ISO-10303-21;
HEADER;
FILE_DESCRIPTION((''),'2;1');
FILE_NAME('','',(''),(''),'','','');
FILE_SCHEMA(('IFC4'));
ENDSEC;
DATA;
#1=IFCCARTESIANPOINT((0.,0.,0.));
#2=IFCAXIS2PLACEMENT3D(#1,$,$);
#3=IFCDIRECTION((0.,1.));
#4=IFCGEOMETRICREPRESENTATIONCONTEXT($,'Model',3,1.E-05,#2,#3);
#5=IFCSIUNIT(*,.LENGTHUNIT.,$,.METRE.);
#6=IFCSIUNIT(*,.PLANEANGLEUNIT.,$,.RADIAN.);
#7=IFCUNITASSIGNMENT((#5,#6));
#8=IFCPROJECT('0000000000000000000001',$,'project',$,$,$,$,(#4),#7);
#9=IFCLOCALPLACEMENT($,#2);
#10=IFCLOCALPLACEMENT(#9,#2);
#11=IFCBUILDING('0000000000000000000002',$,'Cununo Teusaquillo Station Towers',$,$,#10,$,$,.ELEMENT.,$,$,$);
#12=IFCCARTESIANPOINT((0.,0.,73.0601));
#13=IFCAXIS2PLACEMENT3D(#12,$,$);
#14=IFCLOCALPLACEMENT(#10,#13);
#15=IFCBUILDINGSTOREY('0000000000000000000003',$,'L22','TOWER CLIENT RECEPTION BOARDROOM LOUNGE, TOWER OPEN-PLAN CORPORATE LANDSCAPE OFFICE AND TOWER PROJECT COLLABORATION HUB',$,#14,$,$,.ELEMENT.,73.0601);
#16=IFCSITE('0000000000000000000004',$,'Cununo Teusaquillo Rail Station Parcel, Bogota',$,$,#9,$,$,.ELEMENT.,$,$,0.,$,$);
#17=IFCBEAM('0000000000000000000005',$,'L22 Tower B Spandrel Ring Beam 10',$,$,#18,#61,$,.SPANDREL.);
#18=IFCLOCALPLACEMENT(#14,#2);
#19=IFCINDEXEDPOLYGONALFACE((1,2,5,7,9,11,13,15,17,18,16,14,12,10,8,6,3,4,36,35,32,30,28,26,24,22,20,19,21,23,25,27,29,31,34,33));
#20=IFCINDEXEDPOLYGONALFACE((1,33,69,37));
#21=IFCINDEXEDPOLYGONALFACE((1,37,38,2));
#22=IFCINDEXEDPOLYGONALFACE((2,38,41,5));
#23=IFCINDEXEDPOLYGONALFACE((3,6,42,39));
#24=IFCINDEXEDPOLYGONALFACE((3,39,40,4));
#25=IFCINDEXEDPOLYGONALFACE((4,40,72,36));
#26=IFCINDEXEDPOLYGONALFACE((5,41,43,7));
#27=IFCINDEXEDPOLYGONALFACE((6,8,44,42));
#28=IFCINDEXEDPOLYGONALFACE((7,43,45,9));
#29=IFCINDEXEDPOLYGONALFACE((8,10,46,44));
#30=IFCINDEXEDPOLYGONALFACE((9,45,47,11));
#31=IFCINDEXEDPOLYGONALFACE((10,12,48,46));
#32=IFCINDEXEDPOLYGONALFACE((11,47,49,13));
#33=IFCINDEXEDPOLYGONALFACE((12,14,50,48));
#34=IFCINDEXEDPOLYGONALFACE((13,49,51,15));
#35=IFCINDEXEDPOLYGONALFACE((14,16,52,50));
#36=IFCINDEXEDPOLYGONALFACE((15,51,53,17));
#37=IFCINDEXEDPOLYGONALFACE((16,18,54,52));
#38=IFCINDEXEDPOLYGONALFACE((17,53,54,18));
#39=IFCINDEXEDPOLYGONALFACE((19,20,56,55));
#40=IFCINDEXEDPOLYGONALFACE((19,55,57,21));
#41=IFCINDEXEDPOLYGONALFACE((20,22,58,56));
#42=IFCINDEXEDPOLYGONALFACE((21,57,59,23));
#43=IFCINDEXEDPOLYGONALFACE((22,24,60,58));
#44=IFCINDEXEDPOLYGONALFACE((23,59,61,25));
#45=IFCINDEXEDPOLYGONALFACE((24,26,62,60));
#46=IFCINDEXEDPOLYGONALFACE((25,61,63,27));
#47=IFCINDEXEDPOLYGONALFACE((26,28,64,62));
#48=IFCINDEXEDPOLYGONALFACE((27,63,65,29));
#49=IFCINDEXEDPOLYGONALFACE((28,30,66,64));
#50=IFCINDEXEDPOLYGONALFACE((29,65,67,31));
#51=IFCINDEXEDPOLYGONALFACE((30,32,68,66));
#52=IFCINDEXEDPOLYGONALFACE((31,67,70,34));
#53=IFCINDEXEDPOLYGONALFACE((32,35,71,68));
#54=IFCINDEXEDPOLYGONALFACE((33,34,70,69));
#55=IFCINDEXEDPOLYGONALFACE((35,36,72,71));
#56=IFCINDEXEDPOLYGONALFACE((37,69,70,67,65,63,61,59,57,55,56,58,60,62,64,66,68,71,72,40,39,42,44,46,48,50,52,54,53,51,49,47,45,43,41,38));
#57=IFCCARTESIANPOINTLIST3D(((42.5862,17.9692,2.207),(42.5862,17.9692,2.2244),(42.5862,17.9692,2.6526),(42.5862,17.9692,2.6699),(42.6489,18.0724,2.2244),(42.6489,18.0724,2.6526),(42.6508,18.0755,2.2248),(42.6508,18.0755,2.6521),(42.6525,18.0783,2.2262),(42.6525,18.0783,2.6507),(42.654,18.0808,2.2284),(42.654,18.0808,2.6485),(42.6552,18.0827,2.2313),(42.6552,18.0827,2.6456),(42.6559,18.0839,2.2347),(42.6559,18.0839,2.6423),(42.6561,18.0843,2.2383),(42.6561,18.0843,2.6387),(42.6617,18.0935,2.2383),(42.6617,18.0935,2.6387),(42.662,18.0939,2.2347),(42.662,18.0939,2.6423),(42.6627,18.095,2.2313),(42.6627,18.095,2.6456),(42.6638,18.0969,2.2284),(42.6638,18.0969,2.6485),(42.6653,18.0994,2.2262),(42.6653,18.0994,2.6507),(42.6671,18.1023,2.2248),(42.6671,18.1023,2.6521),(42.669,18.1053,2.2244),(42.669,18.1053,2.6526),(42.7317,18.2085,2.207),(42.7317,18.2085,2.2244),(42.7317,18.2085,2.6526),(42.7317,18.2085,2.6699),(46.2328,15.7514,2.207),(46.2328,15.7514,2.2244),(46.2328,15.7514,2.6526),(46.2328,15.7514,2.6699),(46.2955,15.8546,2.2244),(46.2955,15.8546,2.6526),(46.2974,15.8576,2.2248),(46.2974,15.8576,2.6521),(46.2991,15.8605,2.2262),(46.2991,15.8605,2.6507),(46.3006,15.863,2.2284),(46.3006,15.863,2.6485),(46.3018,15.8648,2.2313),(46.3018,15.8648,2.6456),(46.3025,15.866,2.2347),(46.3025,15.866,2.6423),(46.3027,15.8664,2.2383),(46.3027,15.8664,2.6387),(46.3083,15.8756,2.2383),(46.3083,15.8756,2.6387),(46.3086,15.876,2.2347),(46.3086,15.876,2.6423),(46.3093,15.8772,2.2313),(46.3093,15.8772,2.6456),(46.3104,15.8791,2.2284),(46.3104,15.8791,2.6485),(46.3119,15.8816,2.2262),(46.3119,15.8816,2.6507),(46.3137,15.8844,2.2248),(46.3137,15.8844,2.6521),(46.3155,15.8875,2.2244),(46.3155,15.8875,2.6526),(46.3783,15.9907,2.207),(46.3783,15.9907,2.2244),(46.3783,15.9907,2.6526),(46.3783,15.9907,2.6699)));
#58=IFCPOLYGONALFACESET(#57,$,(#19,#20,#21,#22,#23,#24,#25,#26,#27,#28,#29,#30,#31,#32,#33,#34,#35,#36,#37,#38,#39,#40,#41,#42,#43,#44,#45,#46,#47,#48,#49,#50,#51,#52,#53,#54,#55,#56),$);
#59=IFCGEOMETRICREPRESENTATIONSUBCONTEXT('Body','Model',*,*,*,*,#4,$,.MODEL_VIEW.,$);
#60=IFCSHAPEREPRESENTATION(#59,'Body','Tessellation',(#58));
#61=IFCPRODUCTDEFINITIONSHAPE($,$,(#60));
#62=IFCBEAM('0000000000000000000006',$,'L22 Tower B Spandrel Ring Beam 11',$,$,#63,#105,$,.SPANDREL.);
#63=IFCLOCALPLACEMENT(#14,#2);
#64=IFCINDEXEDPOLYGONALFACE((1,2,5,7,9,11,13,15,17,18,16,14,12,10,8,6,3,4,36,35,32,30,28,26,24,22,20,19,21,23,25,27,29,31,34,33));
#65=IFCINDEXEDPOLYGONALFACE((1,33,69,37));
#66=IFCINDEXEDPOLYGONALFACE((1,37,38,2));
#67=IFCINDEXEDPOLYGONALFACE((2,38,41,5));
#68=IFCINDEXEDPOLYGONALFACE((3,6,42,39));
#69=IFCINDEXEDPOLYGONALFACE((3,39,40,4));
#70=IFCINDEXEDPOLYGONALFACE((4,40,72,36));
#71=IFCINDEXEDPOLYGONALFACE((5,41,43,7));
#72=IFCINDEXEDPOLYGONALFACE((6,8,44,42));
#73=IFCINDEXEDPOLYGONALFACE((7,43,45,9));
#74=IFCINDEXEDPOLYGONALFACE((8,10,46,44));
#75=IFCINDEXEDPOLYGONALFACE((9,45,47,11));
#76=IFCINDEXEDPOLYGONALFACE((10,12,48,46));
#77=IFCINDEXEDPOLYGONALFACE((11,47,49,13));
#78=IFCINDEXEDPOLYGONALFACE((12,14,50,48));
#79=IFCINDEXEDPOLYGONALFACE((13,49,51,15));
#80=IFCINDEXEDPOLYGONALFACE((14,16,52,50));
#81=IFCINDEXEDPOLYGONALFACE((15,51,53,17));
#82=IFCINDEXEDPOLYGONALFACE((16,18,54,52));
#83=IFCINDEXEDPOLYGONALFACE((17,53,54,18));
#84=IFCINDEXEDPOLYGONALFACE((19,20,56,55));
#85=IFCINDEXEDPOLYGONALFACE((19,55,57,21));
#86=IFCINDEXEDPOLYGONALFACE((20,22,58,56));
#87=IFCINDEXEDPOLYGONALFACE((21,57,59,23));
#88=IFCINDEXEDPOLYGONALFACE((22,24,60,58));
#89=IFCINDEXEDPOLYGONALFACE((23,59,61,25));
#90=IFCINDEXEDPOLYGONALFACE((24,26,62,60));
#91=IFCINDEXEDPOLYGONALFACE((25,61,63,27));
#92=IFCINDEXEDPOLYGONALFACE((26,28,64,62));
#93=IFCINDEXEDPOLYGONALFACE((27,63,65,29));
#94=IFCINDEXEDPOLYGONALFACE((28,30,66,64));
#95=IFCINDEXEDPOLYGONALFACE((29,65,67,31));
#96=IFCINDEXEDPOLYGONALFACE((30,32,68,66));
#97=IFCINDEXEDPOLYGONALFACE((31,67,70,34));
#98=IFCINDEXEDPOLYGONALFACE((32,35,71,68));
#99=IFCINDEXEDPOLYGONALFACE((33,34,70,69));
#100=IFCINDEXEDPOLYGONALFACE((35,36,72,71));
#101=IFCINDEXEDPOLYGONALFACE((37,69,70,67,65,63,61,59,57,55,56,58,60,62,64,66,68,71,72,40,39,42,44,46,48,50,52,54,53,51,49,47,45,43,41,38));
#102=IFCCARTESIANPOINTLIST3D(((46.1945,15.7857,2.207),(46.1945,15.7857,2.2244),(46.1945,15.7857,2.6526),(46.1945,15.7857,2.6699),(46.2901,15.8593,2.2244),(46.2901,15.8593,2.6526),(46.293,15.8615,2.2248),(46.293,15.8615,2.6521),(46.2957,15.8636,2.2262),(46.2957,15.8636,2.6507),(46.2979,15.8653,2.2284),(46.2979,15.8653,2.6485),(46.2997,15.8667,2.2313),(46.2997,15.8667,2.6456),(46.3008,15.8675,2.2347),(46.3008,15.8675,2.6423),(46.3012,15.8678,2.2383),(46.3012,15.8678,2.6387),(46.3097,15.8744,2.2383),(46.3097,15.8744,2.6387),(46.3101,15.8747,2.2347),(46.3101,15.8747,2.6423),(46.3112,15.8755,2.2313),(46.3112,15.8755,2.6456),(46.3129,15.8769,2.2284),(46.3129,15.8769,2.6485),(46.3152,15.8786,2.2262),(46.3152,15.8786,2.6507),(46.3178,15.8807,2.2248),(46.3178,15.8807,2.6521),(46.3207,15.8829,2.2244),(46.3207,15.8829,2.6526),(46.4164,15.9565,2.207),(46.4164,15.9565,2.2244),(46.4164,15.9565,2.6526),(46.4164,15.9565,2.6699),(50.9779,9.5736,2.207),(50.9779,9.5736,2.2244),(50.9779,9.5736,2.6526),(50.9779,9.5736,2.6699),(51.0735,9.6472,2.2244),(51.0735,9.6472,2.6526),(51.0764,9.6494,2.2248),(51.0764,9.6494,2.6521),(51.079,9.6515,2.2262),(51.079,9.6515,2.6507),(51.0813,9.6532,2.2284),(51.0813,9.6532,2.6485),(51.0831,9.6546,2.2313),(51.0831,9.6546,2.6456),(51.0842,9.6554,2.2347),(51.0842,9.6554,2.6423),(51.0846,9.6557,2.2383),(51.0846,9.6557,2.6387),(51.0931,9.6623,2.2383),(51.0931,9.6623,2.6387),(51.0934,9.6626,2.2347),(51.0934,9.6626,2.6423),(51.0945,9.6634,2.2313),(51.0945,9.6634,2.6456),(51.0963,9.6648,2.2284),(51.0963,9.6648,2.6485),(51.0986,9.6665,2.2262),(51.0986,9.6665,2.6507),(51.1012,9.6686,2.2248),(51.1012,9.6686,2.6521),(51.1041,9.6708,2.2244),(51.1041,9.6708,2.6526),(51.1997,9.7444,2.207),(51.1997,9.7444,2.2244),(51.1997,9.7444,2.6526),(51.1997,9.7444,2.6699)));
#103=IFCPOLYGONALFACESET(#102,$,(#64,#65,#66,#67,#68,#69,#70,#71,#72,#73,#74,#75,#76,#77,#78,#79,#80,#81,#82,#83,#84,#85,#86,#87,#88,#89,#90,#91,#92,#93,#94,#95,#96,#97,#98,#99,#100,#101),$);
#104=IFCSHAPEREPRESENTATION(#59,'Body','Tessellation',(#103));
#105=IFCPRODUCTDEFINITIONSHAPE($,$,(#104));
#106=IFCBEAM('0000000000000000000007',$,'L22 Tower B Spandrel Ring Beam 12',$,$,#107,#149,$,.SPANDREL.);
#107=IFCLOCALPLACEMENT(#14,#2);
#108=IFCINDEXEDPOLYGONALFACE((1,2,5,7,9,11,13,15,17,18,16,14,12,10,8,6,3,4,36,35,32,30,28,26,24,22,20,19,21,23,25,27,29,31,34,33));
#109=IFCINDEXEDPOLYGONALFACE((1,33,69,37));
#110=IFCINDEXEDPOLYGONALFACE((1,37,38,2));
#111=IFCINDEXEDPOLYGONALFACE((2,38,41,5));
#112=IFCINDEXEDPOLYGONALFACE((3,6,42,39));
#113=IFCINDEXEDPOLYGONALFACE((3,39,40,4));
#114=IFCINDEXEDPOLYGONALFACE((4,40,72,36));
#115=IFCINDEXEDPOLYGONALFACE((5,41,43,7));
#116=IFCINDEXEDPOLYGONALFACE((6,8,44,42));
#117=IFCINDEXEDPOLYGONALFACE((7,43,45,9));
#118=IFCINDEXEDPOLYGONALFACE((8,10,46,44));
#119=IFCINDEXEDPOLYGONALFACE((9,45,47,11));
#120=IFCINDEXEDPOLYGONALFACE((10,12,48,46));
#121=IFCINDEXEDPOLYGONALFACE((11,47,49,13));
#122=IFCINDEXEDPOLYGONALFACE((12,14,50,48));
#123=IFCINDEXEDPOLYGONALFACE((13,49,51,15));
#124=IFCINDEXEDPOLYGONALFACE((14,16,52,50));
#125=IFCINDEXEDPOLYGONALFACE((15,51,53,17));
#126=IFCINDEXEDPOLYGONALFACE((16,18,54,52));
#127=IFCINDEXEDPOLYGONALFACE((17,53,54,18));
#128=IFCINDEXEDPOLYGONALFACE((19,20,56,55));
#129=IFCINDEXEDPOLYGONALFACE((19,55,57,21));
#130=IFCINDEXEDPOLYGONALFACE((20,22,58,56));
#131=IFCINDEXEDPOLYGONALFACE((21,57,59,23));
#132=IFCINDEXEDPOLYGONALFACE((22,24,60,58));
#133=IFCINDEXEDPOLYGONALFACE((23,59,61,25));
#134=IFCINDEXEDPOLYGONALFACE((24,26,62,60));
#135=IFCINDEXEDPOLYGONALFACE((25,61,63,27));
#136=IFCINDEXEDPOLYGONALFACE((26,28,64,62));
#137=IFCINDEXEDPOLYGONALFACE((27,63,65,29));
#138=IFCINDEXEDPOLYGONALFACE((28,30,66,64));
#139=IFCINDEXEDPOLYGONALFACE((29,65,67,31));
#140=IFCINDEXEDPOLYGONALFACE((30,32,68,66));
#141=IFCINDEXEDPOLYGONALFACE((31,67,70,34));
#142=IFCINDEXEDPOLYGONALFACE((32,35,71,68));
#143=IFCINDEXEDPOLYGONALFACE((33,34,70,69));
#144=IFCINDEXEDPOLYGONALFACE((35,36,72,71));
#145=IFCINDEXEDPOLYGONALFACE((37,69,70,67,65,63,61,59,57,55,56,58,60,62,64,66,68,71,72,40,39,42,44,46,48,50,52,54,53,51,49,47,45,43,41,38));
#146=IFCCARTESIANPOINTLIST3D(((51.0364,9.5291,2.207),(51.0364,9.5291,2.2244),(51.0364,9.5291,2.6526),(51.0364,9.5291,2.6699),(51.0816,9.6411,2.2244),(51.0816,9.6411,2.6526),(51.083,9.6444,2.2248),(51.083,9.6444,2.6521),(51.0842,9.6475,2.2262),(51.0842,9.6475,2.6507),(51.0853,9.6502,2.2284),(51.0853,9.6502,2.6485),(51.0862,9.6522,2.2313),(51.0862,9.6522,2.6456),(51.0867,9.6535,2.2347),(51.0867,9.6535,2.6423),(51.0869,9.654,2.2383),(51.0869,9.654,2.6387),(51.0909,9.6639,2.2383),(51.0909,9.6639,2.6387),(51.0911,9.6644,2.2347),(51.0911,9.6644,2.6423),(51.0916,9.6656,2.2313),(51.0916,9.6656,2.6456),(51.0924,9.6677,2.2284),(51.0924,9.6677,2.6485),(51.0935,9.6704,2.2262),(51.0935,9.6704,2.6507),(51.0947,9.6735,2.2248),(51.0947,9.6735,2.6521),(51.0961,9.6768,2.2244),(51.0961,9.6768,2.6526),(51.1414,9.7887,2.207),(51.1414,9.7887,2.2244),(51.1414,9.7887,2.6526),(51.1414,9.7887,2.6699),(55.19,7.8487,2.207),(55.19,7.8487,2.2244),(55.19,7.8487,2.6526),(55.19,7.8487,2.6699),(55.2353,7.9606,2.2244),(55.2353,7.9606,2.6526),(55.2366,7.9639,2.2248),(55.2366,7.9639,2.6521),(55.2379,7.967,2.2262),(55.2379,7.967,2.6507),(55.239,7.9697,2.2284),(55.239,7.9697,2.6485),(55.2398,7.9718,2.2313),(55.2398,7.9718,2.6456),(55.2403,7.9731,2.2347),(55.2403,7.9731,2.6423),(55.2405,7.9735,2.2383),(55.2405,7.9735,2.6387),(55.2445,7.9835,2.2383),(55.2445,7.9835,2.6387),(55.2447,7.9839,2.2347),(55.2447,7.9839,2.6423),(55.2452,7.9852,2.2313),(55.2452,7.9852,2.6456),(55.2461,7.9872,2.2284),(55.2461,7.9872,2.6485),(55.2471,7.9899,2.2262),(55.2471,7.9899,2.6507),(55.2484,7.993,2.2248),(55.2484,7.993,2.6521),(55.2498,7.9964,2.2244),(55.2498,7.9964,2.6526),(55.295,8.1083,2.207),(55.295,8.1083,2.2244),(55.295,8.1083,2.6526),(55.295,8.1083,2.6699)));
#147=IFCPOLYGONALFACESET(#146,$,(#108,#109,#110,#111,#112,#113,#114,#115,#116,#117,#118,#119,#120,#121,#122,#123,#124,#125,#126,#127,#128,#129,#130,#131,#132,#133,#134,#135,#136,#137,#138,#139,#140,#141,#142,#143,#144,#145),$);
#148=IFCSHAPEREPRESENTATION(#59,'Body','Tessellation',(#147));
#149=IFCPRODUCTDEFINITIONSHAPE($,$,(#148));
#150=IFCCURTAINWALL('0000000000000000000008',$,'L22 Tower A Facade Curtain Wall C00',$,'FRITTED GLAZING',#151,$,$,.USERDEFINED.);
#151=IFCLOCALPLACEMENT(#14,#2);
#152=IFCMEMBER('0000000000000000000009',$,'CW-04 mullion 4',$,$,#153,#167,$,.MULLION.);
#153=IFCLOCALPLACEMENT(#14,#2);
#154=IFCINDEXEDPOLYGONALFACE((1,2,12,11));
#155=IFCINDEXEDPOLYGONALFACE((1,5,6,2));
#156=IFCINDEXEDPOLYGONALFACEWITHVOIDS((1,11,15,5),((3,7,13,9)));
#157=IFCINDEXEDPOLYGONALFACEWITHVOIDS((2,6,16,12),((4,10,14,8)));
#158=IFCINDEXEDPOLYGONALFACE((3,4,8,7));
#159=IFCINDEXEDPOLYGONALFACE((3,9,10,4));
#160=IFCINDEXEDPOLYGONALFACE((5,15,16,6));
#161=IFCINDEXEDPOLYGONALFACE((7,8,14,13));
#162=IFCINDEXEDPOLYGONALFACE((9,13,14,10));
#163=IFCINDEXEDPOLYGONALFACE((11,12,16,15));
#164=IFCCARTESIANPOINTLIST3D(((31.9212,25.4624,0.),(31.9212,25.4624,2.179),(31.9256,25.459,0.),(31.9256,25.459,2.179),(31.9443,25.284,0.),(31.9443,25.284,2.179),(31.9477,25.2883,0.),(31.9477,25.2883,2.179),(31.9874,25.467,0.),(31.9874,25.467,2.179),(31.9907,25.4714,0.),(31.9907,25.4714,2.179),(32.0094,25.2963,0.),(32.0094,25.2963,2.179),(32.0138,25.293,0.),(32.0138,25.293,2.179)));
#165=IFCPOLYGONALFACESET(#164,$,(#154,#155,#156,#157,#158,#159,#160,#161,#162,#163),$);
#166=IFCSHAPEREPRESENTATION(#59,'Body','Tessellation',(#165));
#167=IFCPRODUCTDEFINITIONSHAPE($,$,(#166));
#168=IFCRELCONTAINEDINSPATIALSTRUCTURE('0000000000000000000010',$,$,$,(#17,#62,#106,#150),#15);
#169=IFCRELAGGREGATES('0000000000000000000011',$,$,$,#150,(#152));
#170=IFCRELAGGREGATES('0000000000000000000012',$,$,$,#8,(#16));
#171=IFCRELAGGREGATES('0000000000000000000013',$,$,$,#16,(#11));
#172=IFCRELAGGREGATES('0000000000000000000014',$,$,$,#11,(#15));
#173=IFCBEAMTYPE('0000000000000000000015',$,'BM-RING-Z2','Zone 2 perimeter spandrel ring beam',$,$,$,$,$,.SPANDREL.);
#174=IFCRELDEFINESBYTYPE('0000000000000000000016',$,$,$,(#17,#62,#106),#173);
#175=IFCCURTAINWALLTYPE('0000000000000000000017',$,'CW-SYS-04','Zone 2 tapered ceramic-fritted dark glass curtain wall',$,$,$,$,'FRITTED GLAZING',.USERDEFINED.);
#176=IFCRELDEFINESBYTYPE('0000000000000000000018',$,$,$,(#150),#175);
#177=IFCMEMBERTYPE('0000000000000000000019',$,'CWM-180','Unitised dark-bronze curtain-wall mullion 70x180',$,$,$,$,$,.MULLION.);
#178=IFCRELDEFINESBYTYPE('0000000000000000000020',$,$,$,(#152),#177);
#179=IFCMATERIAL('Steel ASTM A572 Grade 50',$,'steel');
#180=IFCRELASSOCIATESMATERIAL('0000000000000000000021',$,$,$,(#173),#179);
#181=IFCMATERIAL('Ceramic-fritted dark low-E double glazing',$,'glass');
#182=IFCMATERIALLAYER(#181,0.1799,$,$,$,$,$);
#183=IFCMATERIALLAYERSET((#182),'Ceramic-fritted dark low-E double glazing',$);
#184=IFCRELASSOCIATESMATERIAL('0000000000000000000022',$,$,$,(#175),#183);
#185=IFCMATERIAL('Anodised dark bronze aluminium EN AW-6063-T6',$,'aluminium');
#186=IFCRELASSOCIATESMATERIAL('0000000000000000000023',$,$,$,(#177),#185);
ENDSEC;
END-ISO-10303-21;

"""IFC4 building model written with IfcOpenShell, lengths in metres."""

from ifc_helpers import new_model, si_unit, direction, frame, origin, origin_2d, place, context, subcontext, project, spatial, hollow_rectangle, i_section, extrude, material, layer, layer_set, material_profile, profile_set, type_object, element, aggregate, save


model = new_model("IFC4")

# Units and contexts
model_context = context("Model", 3, precision=1e-05, world=origin(), true_north=direction((0.0, 1.0)))
body_context = subcontext(model_context, "Body", "Model", "MODEL_VIEW")
ifc_project = project(units=[si_unit("LENGTHUNIT", "METRE"), si_unit("PLANEANGLEUNIT", "RADIAN")], contexts=[model_context])

# Site, building, storey
site_placement = place(None, origin())
site = spatial("IfcSite", under=ifc_project, at=site_placement, Name="Cununo Teusaquillo Rail Station Parcel, Bogota", CompositionType="ELEMENT", RefElevation=0.0)
building_placement = place(site_placement, origin())
building = spatial("IfcBuilding", under=site, at=building_placement, Name="Cununo Teusaquillo Station Towers", CompositionType="ELEMENT")
storey_placement = place(building_placement, frame((0.0, 0.0, 73.0601)))
storey = spatial("IfcBuildingStorey", under=building, at=storey_placement, Name="L22", Description="TOWER CLIENT RECEPTION BOARDROOM LOUNGE, TOWER OPEN-PLAN CORPORATE LANDSCAPE OFFICE AND TOWER PROJECT COLLABORATION HUB", CompositionType="ELEMENT", Elevation=73.0601)

# Beams
ifc_material_1 = material(Name="Steel ASTM A572 Grade 50", Category="steel")
ifc_material_profile_1 = material_profile(ifc_material_1, i_section(OverallWidth=0.28, OverallDepth=0.4629, WebThickness=0.0107, FlangeThickness=0.0173, FilletRadius=0.0139, at=origin_2d()), Name="W18X76")
ifc_profile_set_1 = profile_set([ifc_material_profile_1], Name="Steel ASTM A572 Grade 50")
beam_type_1 = type_object("IfcBeamType", Name="BM-RING-Z2", Description="Zone 2 perimeter spandrel ring beam", PredefinedType="SPANDREL", material=ifc_profile_set_1)
beam_1_placement = place(storey_placement, frame((42.6589, 18.0889, 2.4385), z_axis=(0.854388, -0.519635, 0.0), x_axis=(0.519635, 0.854388, 0.0)))
element("IfcBeam", 1, at=beam_1_placement, inside=storey, type_object=beam_type_1, Name="L22 Tower B Spandrel Ring Beam 10", PredefinedType="SPANDREL", context=body_context, shape_type="SweptSolid", body=[
    extrude(i_section(OverallWidth=0.28, OverallDepth=0.4629, WebThickness=0.0107, FlangeThickness=0.0173, FilletRadius=0.0139, at=origin_2d()), origin(), (0.0, 0.0, 1.0), 4.2681),
])
beam_2_placement = place(storey_placement, frame((46.3054, 15.8711, 2.4385), z_axis=(0.6101, -0.792324, 0.0), x_axis=(0.792324, 0.6101, 0.0)))
element("IfcBeam", 2, at=beam_2_placement, inside=storey, type_object=beam_type_1, Name="L22 Tower B Spandrel Ring Beam 11", PredefinedType="SPANDREL", context=body_context, shape_type="SweptSolid", body=[
    extrude(i_section(OverallWidth=0.28, OverallDepth=0.4629, WebThickness=0.0107, FlangeThickness=0.0173, FilletRadius=0.0139, at=origin_2d()), origin(), (0.0, 0.0, 1.0), 7.8403),
])
beam_3_placement = place(storey_placement, frame((51.0889, 9.6589, 2.4385), z_axis=(0.927008, -0.375042, 0.0), x_axis=(0.375042, 0.927008, 0.0)))
element("IfcBeam", 3, at=beam_3_placement, inside=storey, type_object=beam_type_1, Name="L22 Tower B Spandrel Ring Beam 12", PredefinedType="SPANDREL", context=body_context, shape_type="SweptSolid", body=[
    extrude(i_section(OverallWidth=0.28, OverallDepth=0.4629, WebThickness=0.0107, FlangeThickness=0.0173, FilletRadius=0.0139, at=origin_2d()), origin(), (0.0, 0.0, 1.0), 4.4807),
])

# Curtain wall, member
ifc_material_2 = material(Name="Ceramic-fritted dark low-E double glazing", Category="glass")
ifc_layer_1 = layer(ifc_material_2, 0.1799)
ifc_layer_set_1 = layer_set([ifc_layer_1], Name="Ceramic-fritted dark low-E double glazing")
curtain_wall_type = type_object("IfcCurtainWallType", Name="CW-SYS-04", Description="Zone 2 tapered ceramic-fritted dark glass curtain wall", ElementType="FRITTED GLAZING", PredefinedType="USERDEFINED", material=ifc_layer_set_1)
curtain_wall_placement = place(storey_placement, origin())
curtain_wall = element("IfcCurtainWall", 4, at=curtain_wall_placement, inside=storey, type_object=curtain_wall_type, Name="L22 Tower A Facade Curtain Wall C00", ObjectType="FRITTED GLAZING", PredefinedType="USERDEFINED")
ifc_material_3 = material(Name="Anodised dark bronze aluminium EN AW-6063-T6", Category="aluminium")
ifc_material_profile_2 = material_profile(ifc_material_3, hollow_rectangle(XDim=0.0701, YDim=0.1799, WallThickness=0.0039, at=origin_2d()), Name="CW-MULL-70x180")
ifc_profile_set_2 = profile_set([ifc_material_profile_2], Name="Anodised dark bronze aluminium EN AW-6063-T6")
member_type_1 = type_object("IfcMemberType", Name="CWM-180", Description="Unitised dark-bronze curtain-wall mullion 70x180", PredefinedType="MULLION", material=ifc_profile_set_2)
member_1_placement = place(storey_placement, frame((31.9675, 25.3777, 0.0), z_axis=(0.0, 0.0, 1.0), x_axis=(0.991731, 0.128336, 0.0)))
member_1 = element("IfcMember", 5, at=member_1_placement, type_object=member_type_1, Name="CW-04 mullion 4", PredefinedType="MULLION", context=body_context, shape_type="SweptSolid", body=[
    extrude(hollow_rectangle(XDim=0.0701, YDim=0.1799, WallThickness=0.0039, at=origin_2d()), origin(), (0.0, 0.0, 1.0), 2.179),
])
aggregate(curtain_wall, [member_1])

save(model, "model.ifc")
